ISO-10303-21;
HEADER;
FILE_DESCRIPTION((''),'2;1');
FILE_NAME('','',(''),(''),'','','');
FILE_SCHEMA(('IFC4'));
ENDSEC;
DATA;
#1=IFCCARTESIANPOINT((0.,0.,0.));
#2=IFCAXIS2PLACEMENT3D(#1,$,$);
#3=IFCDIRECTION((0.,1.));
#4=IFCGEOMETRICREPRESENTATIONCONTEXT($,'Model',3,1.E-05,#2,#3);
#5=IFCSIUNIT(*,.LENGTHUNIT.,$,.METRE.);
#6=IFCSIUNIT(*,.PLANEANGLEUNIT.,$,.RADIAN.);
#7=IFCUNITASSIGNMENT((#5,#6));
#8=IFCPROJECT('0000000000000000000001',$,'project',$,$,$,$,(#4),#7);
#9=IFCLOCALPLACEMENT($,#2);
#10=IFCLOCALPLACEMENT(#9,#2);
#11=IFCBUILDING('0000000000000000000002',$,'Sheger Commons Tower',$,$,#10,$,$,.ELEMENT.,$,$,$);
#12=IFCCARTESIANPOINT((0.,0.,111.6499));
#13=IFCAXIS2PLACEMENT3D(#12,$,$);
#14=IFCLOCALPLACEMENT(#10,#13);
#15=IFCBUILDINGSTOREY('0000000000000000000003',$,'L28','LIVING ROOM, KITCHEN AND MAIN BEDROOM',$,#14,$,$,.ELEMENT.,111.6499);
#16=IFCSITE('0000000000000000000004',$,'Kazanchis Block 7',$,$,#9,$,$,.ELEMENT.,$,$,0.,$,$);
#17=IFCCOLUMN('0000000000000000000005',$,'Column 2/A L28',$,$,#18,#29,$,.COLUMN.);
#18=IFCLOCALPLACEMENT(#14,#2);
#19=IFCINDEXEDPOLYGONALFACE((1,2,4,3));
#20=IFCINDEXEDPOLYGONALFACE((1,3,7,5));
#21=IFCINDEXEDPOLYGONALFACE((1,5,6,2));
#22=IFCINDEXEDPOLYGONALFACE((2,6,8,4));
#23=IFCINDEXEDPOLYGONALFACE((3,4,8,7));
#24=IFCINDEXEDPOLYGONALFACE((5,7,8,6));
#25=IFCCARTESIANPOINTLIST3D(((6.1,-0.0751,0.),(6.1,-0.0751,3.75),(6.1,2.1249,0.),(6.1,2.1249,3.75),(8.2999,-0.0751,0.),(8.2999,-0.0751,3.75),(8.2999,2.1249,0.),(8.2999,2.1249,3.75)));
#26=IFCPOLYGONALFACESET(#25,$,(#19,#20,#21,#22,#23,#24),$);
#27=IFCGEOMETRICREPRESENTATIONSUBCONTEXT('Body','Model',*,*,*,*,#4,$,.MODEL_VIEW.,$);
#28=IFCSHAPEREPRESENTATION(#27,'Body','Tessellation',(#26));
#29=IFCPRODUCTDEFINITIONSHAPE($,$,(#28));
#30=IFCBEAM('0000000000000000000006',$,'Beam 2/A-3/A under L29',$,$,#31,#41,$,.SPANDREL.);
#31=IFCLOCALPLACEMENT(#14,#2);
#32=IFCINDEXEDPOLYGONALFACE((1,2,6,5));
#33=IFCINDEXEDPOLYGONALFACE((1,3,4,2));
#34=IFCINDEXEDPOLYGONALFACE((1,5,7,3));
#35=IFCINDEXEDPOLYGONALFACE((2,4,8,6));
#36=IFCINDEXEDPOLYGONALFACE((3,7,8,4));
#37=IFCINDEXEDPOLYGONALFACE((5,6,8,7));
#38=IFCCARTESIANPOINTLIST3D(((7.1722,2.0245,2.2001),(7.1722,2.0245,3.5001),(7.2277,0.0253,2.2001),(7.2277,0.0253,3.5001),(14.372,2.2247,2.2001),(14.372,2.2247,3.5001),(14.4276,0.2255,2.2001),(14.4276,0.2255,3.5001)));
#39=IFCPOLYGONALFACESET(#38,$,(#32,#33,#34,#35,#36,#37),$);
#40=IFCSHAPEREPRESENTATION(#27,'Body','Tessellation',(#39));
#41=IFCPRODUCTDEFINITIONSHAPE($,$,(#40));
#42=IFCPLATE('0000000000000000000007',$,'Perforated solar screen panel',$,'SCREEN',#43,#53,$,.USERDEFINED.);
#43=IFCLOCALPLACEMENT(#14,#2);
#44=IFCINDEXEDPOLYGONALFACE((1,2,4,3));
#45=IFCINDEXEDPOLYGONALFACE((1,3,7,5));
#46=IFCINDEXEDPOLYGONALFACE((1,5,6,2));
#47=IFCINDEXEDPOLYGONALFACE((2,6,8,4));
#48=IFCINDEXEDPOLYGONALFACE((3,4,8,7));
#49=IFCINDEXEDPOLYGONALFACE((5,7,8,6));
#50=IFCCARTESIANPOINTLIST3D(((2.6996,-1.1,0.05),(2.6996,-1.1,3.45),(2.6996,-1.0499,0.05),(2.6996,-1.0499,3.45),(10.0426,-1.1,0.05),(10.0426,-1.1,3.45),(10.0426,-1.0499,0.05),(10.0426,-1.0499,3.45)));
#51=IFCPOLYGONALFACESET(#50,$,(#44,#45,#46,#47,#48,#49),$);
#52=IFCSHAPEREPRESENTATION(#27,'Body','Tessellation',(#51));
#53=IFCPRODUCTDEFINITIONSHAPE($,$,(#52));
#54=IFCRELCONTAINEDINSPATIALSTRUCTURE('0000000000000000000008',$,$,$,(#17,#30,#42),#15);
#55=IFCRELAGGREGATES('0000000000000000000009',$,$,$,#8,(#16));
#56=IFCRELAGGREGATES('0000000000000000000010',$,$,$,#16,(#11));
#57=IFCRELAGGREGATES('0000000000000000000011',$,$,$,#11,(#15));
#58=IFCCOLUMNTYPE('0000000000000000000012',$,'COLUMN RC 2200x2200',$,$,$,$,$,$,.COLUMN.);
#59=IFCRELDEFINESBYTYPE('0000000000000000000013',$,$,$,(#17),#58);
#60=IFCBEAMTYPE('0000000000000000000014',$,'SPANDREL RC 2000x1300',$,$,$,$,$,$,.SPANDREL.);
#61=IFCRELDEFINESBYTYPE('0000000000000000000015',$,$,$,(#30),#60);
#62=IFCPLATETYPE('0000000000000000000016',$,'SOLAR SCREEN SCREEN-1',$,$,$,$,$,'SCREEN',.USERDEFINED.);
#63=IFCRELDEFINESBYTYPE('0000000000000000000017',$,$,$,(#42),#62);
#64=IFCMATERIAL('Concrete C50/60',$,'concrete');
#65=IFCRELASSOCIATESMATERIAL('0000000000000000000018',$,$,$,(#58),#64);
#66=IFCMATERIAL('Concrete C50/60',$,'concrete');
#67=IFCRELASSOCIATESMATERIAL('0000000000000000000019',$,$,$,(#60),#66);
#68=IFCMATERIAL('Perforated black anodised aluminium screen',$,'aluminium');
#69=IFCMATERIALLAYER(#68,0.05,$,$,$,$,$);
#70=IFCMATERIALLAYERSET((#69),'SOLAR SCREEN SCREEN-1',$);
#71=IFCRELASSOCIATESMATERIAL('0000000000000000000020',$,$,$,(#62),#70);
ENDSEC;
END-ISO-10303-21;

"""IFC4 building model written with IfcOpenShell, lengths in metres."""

from ifc_helpers import new_model, si_unit, direction, frame, origin, origin_2d, place, context, subcontext, project, spatial, rectangle, extrude, material, layer, layer_set, material_profile, profile_set, type_object, element, save


model = new_model("IFC4")

# Units and contexts
model_context = context("Model", 3, precision=1e-05, world=origin(), true_north=direction((0.0, 1.0)))
body_context = subcontext(model_context, "Body", "Model", "MODEL_VIEW")
ifc_project = project(units=[si_unit("LENGTHUNIT", "METRE"), si_unit("PLANEANGLEUNIT", "RADIAN")], contexts=[model_context])

# Site, building, storey
site_placement = place(None, origin())
site = spatial("IfcSite", under=ifc_project, at=site_placement, Name="Kazanchis Block 7", CompositionType="ELEMENT", RefElevation=0.0)
building_placement = place(site_placement, origin())
building = spatial("IfcBuilding", under=site, at=building_placement, Name="Sheger Commons Tower", CompositionType="ELEMENT")
storey_placement = place(building_placement, frame((0.0, 0.0, 111.6499)))
storey = spatial("IfcBuildingStorey", under=building, at=storey_placement, Name="L28", Description="LIVING ROOM, KITCHEN AND MAIN BEDROOM", CompositionType="ELEMENT", Elevation=111.6499)

# Column
ifc_material_1 = material(Name="Concrete C50/60", Category="concrete")
ifc_material_profile_1 = material_profile(ifc_material_1, rectangle(XDim=2.2, YDim=2.2, at=origin_2d()), Name="RC 2200x2200")
ifc_profile_set_1 = profile_set([ifc_material_profile_1], Name="Concrete C50/60")
column_type = type_object("IfcColumnType", Name="COLUMN RC 2200x2200", PredefinedType="COLUMN", material=ifc_profile_set_1)
column_placement = place(storey_placement, frame((7.2, 1.0249, 0.0), z_axis=(0.0, 0.0, 1.0), x_axis=(1.0, 0.0, 0.0)))
element("IfcColumn", 1, at=column_placement, inside=storey, type_object=column_type, Name="Column 2/A L28", PredefinedType="COLUMN", context=body_context, shape_type="SweptSolid", body=[
    extrude(rectangle(XDim=2.2, YDim=2.2, at=origin_2d()), origin(), (0.0, 0.0, 1.0), 3.75),
])

# Beam
ifc_material_2 = material(Name="Concrete C50/60", Category="concrete")
ifc_material_profile_2 = material_profile(ifc_material_2, rectangle(XDim=2.0, YDim=1.3, at=origin_2d()), Name="RC 2000x1300")
ifc_profile_set_2 = profile_set([ifc_material_profile_2], Name="Concrete C50/60")
beam_type = type_object("IfcBeamType", Name="SPANDREL RC 2000x1300", PredefinedType="SPANDREL", material=ifc_profile_set_2)
beam_placement = place(storey_placement, frame((7.2, 1.0249, 2.8501), z_axis=(0.999614, 0.027794, 0.0), x_axis=(-0.027794, 0.999614, 0.0)))
element("IfcBeam", 2, at=beam_placement, inside=storey, type_object=beam_type, Name="Beam 2/A-3/A under L29", PredefinedType="SPANDREL", context=body_context, shape_type="SweptSolid", body=[
    extrude(rectangle(XDim=2.0, YDim=1.3, at=origin_2d()), origin(), (0.0, 0.0, 1.0), 7.2026),
])

# Plate
ifc_material_3 = material(Name="Perforated black anodised aluminium screen", Category="aluminium")
ifc_layer_1 = layer(ifc_material_3, 0.05)
ifc_layer_set_1 = layer_set([ifc_layer_1], Name="SOLAR SCREEN SCREEN-1")
plate_type = type_object("IfcPlateType", Name="SOLAR SCREEN SCREEN-1", ElementType="SCREEN", PredefinedType="USERDEFINED", material=ifc_layer_set_1)
plate_placement = place(storey_placement, frame((6.3711, -1.075, 0.05), z_axis=(0.0, 0.0, 1.0), x_axis=(1.0, 0.0, 0.0)))
element("IfcPlate", 3, at=plate_placement, inside=storey, type_object=plate_type, Name="Perforated solar screen panel", ObjectType="SCREEN", PredefinedType="USERDEFINED", context=body_context, shape_type="SweptSolid", body=[
    extrude(rectangle(XDim=7.343, YDim=0.05, at=origin_2d()), origin(), (0.0, 0.0, 1.0), 3.3999),
])

save(model, "model.ifc")
